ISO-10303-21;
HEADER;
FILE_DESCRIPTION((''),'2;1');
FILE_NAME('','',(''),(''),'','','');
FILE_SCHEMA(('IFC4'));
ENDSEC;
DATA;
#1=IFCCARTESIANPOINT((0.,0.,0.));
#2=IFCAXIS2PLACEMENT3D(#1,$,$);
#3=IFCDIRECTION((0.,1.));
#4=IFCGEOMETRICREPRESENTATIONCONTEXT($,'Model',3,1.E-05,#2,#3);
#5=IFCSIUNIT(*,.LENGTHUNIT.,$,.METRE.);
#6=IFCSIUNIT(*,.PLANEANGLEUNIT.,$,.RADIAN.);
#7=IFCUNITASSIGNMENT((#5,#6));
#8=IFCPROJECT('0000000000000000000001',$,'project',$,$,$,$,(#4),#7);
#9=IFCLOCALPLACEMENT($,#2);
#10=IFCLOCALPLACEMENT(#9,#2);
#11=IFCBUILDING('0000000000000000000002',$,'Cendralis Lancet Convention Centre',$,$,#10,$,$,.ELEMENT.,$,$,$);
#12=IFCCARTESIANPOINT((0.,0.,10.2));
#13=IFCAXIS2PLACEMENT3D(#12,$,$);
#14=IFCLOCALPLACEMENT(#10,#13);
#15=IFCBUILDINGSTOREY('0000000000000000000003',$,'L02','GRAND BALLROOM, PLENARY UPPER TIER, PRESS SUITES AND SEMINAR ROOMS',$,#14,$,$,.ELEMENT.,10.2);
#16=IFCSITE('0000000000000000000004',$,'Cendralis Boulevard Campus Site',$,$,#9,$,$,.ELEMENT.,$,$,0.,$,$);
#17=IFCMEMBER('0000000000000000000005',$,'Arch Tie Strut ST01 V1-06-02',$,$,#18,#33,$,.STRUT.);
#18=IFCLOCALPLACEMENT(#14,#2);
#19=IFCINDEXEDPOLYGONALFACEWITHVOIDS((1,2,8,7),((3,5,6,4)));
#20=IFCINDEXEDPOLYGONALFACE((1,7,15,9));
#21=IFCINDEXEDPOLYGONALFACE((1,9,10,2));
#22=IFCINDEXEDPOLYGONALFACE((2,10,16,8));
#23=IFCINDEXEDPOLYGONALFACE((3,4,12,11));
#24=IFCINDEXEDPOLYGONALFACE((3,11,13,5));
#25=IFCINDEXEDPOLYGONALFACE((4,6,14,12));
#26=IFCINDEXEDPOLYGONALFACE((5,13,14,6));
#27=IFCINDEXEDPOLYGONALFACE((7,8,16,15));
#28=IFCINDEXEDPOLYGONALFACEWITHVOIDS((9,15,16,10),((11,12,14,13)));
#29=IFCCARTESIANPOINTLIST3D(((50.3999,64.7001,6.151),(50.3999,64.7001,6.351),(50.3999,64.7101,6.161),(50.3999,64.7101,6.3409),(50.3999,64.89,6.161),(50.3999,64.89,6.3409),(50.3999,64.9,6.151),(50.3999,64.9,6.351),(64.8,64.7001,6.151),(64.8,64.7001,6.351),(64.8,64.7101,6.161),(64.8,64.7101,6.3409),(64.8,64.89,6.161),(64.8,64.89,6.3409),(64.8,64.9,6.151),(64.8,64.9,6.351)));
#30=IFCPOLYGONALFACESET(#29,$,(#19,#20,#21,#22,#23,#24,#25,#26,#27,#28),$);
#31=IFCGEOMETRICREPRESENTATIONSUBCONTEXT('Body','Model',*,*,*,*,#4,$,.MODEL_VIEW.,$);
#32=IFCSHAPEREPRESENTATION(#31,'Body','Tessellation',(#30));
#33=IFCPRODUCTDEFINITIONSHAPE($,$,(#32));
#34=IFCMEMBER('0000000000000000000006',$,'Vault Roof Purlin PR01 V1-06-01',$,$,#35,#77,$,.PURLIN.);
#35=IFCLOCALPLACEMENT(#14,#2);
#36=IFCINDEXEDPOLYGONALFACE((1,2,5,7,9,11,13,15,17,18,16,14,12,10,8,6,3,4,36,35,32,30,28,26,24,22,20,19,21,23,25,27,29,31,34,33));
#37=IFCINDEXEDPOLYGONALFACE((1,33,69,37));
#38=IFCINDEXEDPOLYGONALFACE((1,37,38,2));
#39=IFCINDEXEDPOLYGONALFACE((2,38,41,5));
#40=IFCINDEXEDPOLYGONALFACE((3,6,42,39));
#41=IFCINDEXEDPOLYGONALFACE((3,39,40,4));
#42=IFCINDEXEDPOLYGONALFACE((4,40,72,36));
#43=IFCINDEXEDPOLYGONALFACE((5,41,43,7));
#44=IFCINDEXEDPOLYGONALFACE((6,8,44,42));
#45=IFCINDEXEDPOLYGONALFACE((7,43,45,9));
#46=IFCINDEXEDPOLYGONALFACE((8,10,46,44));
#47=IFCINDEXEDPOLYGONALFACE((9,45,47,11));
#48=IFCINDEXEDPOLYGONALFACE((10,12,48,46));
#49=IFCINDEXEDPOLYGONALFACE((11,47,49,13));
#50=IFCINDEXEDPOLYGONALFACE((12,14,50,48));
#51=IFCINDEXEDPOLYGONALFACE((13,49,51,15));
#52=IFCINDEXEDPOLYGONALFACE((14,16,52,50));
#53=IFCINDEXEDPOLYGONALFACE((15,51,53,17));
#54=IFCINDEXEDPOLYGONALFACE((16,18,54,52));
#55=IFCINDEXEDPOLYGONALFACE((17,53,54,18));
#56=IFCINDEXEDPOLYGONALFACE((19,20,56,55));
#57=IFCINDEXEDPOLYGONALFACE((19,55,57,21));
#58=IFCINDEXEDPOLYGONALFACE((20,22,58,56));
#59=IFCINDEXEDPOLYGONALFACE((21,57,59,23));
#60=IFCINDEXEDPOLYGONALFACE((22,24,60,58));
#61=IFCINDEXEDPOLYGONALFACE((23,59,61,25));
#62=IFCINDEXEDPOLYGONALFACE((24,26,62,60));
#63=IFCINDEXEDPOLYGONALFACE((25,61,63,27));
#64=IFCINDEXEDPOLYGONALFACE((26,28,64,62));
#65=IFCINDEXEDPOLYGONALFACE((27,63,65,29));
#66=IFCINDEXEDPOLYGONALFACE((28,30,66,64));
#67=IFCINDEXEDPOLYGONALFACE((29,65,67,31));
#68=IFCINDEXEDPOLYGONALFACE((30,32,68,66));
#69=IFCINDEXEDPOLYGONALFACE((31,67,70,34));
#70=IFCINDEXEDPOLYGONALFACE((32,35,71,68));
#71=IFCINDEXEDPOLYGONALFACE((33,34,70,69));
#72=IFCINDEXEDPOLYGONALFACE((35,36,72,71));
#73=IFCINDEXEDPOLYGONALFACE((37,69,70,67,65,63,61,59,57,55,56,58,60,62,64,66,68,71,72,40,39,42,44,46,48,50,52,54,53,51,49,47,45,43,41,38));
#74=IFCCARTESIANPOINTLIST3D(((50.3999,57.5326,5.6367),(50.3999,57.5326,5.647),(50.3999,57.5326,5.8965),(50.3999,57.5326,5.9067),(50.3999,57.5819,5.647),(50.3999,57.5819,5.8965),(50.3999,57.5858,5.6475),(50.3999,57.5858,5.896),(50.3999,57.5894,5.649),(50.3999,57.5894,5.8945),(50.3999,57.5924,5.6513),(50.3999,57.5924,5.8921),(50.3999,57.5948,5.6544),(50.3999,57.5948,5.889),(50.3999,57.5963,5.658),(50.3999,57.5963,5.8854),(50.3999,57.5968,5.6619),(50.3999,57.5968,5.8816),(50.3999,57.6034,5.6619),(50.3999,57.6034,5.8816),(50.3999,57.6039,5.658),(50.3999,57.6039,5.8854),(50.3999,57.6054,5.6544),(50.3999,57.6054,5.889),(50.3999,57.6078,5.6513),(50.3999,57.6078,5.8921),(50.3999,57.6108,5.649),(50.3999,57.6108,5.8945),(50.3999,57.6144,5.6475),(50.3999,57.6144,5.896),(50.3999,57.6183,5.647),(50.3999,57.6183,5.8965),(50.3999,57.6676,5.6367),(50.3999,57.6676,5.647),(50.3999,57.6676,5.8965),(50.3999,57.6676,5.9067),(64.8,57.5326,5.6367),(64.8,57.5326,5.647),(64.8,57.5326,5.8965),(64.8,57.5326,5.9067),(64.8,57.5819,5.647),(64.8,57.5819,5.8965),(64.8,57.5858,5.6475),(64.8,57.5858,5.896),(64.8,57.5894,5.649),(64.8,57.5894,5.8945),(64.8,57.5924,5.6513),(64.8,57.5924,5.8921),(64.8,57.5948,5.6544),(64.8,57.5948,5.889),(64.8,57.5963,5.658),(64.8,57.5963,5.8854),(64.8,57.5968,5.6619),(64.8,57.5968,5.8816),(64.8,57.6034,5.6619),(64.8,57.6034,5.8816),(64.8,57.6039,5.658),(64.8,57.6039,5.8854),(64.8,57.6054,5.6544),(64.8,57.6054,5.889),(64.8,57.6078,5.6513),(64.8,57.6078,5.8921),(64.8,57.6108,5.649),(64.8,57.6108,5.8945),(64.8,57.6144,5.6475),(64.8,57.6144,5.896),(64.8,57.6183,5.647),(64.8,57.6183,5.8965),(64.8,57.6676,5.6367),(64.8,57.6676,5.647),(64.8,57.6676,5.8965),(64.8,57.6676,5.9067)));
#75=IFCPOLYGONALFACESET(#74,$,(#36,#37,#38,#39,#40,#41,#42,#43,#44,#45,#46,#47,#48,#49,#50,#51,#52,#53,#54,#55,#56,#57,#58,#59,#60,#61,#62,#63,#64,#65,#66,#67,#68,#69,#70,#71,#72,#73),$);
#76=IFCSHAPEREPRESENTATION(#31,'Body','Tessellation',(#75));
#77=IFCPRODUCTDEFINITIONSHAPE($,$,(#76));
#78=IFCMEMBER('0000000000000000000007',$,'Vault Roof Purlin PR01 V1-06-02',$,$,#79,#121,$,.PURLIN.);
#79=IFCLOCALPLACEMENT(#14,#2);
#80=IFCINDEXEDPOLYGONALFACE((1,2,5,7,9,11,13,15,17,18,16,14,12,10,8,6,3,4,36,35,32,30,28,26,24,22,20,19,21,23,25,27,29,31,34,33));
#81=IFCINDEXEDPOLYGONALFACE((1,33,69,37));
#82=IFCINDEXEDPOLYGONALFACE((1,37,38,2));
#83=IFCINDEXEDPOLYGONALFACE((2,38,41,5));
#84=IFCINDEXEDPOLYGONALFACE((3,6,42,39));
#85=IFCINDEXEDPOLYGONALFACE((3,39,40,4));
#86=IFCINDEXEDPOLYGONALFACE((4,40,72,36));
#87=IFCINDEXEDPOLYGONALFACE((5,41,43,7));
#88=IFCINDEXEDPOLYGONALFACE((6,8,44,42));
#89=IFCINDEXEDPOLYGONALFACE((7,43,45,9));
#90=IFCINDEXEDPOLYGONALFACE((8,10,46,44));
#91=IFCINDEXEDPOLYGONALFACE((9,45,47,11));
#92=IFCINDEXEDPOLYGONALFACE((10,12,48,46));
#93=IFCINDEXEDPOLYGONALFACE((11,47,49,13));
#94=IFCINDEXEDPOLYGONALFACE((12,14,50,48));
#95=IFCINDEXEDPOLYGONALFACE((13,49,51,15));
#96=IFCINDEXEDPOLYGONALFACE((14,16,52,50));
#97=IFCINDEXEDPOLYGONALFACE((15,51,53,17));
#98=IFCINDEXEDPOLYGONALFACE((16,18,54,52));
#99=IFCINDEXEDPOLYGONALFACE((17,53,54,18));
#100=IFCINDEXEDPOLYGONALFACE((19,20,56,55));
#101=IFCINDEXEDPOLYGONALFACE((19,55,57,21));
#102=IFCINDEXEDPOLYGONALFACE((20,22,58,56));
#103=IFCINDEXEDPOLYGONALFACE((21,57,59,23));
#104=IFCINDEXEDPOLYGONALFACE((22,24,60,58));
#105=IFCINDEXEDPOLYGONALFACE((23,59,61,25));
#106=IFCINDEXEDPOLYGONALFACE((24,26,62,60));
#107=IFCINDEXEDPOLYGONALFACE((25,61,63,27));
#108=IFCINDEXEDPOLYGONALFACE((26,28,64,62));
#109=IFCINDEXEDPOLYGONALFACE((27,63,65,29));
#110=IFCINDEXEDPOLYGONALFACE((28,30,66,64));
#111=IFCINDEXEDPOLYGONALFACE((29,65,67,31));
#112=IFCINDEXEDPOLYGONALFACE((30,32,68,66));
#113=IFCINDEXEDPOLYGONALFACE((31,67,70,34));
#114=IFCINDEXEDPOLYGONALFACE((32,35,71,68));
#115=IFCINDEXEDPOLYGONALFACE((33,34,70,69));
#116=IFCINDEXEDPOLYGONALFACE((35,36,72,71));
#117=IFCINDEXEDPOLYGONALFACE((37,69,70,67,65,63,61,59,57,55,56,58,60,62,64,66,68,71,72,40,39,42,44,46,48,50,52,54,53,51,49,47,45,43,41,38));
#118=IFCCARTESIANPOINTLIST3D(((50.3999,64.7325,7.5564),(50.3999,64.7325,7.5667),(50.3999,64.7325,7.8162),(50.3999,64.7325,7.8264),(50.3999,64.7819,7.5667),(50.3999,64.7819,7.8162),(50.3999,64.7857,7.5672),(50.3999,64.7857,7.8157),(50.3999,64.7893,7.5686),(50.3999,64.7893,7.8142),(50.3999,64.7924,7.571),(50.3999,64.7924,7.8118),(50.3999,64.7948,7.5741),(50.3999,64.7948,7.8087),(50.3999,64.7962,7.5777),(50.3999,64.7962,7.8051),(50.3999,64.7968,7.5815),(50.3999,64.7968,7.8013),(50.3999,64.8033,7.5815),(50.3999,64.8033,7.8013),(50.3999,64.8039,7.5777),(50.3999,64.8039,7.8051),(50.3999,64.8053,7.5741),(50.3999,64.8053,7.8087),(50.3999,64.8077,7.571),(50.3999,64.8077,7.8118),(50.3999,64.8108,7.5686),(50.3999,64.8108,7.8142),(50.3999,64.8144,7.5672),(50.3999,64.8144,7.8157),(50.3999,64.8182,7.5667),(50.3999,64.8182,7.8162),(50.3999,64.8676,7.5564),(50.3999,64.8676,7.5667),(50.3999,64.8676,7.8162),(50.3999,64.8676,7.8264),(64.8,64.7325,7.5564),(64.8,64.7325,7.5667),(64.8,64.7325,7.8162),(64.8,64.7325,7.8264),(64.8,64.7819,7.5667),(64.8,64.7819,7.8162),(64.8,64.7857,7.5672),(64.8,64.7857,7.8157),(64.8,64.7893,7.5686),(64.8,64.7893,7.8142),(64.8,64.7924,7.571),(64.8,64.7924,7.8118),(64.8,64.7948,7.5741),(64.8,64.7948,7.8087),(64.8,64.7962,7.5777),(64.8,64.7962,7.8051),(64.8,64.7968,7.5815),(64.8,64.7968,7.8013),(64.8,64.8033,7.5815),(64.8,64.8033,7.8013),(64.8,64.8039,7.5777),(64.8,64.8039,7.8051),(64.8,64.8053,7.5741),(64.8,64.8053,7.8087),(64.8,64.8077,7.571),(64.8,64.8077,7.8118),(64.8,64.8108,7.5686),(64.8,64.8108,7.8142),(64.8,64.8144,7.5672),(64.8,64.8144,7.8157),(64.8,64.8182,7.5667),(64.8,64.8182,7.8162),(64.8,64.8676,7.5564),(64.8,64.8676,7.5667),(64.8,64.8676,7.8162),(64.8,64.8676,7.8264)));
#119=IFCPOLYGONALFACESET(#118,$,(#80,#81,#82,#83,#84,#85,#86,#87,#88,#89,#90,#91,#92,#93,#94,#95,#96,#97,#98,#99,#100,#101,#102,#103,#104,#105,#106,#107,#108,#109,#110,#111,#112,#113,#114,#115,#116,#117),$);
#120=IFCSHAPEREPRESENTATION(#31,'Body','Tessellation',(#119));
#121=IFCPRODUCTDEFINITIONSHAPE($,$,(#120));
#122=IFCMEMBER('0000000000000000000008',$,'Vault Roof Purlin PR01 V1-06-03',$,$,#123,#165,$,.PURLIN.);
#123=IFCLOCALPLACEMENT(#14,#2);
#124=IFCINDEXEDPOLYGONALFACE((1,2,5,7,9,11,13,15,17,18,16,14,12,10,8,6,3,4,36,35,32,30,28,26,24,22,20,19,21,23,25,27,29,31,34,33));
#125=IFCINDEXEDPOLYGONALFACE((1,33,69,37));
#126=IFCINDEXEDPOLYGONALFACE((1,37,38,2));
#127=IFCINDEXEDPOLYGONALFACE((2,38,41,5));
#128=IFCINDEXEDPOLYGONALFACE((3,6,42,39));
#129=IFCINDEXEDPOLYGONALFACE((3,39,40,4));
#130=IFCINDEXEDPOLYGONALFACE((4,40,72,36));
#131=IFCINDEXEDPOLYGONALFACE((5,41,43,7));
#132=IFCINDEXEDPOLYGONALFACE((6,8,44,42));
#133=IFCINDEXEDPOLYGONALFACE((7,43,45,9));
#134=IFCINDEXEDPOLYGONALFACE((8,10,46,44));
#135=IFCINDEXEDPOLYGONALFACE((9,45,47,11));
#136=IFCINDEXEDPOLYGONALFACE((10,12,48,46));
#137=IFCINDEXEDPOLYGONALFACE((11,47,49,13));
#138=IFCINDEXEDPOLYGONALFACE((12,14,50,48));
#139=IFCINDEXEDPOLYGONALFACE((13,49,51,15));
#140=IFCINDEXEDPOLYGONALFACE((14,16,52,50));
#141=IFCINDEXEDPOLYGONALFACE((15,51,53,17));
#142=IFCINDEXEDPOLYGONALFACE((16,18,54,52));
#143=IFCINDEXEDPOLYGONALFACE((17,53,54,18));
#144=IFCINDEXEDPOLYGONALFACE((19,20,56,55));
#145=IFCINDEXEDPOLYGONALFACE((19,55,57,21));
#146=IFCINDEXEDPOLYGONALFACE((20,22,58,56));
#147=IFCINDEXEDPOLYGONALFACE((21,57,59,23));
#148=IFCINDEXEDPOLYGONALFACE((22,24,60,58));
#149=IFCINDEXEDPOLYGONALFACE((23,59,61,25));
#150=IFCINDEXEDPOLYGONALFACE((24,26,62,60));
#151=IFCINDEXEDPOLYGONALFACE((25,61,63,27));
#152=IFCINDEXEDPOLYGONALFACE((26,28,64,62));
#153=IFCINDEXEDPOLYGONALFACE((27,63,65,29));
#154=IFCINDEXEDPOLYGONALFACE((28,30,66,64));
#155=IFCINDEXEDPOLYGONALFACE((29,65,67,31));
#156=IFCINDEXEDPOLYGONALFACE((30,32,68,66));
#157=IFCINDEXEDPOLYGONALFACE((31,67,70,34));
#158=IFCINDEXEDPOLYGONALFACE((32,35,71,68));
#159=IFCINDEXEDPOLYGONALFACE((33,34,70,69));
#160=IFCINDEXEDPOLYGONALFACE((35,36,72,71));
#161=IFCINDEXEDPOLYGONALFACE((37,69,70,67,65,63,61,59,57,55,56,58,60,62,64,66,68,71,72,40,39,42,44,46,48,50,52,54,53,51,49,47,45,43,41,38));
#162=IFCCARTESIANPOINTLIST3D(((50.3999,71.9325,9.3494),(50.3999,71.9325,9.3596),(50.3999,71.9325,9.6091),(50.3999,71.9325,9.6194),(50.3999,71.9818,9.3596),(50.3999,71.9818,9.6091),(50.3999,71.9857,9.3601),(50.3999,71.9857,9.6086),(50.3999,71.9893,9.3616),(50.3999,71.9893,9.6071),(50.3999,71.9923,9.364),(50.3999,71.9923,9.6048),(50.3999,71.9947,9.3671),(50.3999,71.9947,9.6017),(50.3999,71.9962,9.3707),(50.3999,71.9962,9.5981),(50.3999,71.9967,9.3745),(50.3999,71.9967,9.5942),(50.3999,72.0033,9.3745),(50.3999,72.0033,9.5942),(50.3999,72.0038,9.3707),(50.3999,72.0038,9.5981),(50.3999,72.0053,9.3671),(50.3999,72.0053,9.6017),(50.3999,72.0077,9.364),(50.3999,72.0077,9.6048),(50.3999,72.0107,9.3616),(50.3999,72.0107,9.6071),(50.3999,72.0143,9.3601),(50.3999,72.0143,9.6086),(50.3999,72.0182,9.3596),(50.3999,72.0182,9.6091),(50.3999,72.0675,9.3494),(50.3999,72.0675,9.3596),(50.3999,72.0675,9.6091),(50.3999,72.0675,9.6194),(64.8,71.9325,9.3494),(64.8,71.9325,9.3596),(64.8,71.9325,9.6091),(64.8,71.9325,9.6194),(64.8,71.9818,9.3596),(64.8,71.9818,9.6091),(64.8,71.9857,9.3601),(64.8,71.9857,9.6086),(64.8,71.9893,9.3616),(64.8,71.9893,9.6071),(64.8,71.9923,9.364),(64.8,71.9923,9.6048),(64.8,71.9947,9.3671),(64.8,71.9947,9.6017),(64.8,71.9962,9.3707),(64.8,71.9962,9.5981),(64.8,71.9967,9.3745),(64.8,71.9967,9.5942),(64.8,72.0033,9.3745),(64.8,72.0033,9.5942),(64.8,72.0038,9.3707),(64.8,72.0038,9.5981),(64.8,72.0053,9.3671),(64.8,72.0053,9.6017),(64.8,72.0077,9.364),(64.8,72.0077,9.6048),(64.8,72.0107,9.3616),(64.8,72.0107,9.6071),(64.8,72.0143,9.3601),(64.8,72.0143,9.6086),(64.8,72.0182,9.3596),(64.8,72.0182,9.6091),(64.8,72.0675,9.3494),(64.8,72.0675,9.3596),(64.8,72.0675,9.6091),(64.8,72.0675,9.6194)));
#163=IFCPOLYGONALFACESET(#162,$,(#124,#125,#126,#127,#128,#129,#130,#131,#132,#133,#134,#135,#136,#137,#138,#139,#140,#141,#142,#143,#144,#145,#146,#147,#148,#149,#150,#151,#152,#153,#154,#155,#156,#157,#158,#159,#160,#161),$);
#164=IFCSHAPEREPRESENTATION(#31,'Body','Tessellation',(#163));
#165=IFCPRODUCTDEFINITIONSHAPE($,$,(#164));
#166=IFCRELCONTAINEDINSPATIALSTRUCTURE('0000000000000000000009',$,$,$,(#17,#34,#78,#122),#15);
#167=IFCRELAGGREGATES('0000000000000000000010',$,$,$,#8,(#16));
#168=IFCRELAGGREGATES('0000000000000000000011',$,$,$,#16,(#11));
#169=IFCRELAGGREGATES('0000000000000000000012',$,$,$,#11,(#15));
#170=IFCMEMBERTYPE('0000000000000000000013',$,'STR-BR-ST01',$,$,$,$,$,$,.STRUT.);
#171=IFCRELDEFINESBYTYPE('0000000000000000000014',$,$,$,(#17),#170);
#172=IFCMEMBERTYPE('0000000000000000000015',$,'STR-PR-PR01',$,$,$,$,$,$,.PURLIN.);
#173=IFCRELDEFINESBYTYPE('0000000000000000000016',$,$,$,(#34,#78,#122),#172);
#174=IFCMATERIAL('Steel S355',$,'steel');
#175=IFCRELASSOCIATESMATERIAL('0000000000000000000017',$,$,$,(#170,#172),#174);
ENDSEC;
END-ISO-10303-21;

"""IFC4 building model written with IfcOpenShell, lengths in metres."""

from ifc_helpers import new_model, si_unit, direction, frame, origin, origin_2d, place, context, subcontext, project, spatial, hollow_rectangle, i_section, extrude, material, material_profile, profile_set, type_object, element, save


model = new_model("IFC4")

# Units and contexts
model_context = context("Model", 3, precision=1e-05, world=origin(), true_north=direction((0.0, 1.0)))
body_context = subcontext(model_context, "Body", "Model", "MODEL_VIEW")
ifc_project = project(units=[si_unit("LENGTHUNIT", "METRE"), si_unit("PLANEANGLEUNIT", "RADIAN")], contexts=[model_context])

# Site, building, storey
site_placement = place(None, origin())
site = spatial("IfcSite", under=ifc_project, at=site_placement, Name="Cendralis Boulevard Campus Site", CompositionType="ELEMENT", RefElevation=0.0)
building_placement = place(site_placement, origin())
building = spatial("IfcBuilding", under=site, at=building_placement, Name="Cendralis Lancet Convention Centre", CompositionType="ELEMENT")
storey_placement = place(building_placement, frame((0.0, 0.0, 10.2)))
storey = spatial("IfcBuildingStorey", under=building, at=storey_placement, Name="L02", Description="GRAND BALLROOM, PLENARY UPPER TIER, PRESS SUITES AND SEMINAR ROOMS", CompositionType="ELEMENT", Elevation=10.2)

# Members
ifc_material = material(Name="Steel S355", Category="steel")
ifc_material_profile_1 = material_profile(ifc_material, hollow_rectangle(XDim=0.2, YDim=0.2, WallThickness=0.01, at=origin_2d()), Name="SHS 200x200x10.0")
ifc_profile_set_1 = profile_set([ifc_material_profile_1], Name="Steel S355")
member_type_1 = type_object("IfcMemberType", Name="STR-BR-ST01", PredefinedType="STRUT", material=ifc_profile_set_1)
member_1_placement = place(storey_placement, frame((50.3999, 64.8, 6.251), z_axis=(1.0, 0.0, 0.0), x_axis=(0.0, 1.0, 0.0)))
element("IfcMember", 1, at=member_1_placement, inside=storey, type_object=member_type_1, Name="Arch Tie Strut ST01 V1-06-02", PredefinedType="STRUT", context=body_context, shape_type="SweptSolid", body=[
    extrude(hollow_rectangle(XDim=0.2, YDim=0.2, WallThickness=0.01, at=origin_2d()), origin(), (0.0, 0.0, 1.0), 14.4001),
])
ifc_material_profile_2 = material_profile(ifc_material, i_section(OverallWidth=0.135, OverallDepth=0.27, WebThickness=0.0066, FlangeThickness=0.0103, FilletRadius=0.0149, at=origin_2d()), Name="IPE 270")
ifc_profile_set_2 = profile_set([ifc_material_profile_2], Name="Steel S355")
member_type_2 = type_object("IfcMemberType", Name="STR-PR-PR01", PredefinedType="PURLIN", material=ifc_profile_set_2)
for number, where, z_axis, x_axis, name in (
    (2, (50.3999, 57.6001, 5.7717), (1.0, 0.0, 0.0), (0.0, 1.0, 0.0), "Vault Roof Purlin PR01 V1-06-01"),
    (3, (50.3999, 64.8, 7.6914), (1.0, 0.0, 0.0), (0.0, 1.0, 0.0), "Vault Roof Purlin PR01 V1-06-02"),
    (4, (50.3999, 72.0, 9.4844), (1.0, 0.0, 0.0), (0.0, 1.0, 0.0), "Vault Roof Purlin PR01 V1-06-03"),
):
    element("IfcMember", number, at=place(storey_placement, frame(where, z_axis=z_axis, x_axis=x_axis)), inside=storey, type_object=member_type_2, Name=name, PredefinedType="PURLIN", context=body_context, shape_type="SweptSolid", body=[
        extrude(i_section(OverallWidth=0.135, OverallDepth=0.27, WebThickness=0.0066, FlangeThickness=0.0103, FilletRadius=0.0149, at=origin_2d()), origin(), (0.0, 0.0, 1.0), 14.4001),
    ])

save(model, "model.ifc")
